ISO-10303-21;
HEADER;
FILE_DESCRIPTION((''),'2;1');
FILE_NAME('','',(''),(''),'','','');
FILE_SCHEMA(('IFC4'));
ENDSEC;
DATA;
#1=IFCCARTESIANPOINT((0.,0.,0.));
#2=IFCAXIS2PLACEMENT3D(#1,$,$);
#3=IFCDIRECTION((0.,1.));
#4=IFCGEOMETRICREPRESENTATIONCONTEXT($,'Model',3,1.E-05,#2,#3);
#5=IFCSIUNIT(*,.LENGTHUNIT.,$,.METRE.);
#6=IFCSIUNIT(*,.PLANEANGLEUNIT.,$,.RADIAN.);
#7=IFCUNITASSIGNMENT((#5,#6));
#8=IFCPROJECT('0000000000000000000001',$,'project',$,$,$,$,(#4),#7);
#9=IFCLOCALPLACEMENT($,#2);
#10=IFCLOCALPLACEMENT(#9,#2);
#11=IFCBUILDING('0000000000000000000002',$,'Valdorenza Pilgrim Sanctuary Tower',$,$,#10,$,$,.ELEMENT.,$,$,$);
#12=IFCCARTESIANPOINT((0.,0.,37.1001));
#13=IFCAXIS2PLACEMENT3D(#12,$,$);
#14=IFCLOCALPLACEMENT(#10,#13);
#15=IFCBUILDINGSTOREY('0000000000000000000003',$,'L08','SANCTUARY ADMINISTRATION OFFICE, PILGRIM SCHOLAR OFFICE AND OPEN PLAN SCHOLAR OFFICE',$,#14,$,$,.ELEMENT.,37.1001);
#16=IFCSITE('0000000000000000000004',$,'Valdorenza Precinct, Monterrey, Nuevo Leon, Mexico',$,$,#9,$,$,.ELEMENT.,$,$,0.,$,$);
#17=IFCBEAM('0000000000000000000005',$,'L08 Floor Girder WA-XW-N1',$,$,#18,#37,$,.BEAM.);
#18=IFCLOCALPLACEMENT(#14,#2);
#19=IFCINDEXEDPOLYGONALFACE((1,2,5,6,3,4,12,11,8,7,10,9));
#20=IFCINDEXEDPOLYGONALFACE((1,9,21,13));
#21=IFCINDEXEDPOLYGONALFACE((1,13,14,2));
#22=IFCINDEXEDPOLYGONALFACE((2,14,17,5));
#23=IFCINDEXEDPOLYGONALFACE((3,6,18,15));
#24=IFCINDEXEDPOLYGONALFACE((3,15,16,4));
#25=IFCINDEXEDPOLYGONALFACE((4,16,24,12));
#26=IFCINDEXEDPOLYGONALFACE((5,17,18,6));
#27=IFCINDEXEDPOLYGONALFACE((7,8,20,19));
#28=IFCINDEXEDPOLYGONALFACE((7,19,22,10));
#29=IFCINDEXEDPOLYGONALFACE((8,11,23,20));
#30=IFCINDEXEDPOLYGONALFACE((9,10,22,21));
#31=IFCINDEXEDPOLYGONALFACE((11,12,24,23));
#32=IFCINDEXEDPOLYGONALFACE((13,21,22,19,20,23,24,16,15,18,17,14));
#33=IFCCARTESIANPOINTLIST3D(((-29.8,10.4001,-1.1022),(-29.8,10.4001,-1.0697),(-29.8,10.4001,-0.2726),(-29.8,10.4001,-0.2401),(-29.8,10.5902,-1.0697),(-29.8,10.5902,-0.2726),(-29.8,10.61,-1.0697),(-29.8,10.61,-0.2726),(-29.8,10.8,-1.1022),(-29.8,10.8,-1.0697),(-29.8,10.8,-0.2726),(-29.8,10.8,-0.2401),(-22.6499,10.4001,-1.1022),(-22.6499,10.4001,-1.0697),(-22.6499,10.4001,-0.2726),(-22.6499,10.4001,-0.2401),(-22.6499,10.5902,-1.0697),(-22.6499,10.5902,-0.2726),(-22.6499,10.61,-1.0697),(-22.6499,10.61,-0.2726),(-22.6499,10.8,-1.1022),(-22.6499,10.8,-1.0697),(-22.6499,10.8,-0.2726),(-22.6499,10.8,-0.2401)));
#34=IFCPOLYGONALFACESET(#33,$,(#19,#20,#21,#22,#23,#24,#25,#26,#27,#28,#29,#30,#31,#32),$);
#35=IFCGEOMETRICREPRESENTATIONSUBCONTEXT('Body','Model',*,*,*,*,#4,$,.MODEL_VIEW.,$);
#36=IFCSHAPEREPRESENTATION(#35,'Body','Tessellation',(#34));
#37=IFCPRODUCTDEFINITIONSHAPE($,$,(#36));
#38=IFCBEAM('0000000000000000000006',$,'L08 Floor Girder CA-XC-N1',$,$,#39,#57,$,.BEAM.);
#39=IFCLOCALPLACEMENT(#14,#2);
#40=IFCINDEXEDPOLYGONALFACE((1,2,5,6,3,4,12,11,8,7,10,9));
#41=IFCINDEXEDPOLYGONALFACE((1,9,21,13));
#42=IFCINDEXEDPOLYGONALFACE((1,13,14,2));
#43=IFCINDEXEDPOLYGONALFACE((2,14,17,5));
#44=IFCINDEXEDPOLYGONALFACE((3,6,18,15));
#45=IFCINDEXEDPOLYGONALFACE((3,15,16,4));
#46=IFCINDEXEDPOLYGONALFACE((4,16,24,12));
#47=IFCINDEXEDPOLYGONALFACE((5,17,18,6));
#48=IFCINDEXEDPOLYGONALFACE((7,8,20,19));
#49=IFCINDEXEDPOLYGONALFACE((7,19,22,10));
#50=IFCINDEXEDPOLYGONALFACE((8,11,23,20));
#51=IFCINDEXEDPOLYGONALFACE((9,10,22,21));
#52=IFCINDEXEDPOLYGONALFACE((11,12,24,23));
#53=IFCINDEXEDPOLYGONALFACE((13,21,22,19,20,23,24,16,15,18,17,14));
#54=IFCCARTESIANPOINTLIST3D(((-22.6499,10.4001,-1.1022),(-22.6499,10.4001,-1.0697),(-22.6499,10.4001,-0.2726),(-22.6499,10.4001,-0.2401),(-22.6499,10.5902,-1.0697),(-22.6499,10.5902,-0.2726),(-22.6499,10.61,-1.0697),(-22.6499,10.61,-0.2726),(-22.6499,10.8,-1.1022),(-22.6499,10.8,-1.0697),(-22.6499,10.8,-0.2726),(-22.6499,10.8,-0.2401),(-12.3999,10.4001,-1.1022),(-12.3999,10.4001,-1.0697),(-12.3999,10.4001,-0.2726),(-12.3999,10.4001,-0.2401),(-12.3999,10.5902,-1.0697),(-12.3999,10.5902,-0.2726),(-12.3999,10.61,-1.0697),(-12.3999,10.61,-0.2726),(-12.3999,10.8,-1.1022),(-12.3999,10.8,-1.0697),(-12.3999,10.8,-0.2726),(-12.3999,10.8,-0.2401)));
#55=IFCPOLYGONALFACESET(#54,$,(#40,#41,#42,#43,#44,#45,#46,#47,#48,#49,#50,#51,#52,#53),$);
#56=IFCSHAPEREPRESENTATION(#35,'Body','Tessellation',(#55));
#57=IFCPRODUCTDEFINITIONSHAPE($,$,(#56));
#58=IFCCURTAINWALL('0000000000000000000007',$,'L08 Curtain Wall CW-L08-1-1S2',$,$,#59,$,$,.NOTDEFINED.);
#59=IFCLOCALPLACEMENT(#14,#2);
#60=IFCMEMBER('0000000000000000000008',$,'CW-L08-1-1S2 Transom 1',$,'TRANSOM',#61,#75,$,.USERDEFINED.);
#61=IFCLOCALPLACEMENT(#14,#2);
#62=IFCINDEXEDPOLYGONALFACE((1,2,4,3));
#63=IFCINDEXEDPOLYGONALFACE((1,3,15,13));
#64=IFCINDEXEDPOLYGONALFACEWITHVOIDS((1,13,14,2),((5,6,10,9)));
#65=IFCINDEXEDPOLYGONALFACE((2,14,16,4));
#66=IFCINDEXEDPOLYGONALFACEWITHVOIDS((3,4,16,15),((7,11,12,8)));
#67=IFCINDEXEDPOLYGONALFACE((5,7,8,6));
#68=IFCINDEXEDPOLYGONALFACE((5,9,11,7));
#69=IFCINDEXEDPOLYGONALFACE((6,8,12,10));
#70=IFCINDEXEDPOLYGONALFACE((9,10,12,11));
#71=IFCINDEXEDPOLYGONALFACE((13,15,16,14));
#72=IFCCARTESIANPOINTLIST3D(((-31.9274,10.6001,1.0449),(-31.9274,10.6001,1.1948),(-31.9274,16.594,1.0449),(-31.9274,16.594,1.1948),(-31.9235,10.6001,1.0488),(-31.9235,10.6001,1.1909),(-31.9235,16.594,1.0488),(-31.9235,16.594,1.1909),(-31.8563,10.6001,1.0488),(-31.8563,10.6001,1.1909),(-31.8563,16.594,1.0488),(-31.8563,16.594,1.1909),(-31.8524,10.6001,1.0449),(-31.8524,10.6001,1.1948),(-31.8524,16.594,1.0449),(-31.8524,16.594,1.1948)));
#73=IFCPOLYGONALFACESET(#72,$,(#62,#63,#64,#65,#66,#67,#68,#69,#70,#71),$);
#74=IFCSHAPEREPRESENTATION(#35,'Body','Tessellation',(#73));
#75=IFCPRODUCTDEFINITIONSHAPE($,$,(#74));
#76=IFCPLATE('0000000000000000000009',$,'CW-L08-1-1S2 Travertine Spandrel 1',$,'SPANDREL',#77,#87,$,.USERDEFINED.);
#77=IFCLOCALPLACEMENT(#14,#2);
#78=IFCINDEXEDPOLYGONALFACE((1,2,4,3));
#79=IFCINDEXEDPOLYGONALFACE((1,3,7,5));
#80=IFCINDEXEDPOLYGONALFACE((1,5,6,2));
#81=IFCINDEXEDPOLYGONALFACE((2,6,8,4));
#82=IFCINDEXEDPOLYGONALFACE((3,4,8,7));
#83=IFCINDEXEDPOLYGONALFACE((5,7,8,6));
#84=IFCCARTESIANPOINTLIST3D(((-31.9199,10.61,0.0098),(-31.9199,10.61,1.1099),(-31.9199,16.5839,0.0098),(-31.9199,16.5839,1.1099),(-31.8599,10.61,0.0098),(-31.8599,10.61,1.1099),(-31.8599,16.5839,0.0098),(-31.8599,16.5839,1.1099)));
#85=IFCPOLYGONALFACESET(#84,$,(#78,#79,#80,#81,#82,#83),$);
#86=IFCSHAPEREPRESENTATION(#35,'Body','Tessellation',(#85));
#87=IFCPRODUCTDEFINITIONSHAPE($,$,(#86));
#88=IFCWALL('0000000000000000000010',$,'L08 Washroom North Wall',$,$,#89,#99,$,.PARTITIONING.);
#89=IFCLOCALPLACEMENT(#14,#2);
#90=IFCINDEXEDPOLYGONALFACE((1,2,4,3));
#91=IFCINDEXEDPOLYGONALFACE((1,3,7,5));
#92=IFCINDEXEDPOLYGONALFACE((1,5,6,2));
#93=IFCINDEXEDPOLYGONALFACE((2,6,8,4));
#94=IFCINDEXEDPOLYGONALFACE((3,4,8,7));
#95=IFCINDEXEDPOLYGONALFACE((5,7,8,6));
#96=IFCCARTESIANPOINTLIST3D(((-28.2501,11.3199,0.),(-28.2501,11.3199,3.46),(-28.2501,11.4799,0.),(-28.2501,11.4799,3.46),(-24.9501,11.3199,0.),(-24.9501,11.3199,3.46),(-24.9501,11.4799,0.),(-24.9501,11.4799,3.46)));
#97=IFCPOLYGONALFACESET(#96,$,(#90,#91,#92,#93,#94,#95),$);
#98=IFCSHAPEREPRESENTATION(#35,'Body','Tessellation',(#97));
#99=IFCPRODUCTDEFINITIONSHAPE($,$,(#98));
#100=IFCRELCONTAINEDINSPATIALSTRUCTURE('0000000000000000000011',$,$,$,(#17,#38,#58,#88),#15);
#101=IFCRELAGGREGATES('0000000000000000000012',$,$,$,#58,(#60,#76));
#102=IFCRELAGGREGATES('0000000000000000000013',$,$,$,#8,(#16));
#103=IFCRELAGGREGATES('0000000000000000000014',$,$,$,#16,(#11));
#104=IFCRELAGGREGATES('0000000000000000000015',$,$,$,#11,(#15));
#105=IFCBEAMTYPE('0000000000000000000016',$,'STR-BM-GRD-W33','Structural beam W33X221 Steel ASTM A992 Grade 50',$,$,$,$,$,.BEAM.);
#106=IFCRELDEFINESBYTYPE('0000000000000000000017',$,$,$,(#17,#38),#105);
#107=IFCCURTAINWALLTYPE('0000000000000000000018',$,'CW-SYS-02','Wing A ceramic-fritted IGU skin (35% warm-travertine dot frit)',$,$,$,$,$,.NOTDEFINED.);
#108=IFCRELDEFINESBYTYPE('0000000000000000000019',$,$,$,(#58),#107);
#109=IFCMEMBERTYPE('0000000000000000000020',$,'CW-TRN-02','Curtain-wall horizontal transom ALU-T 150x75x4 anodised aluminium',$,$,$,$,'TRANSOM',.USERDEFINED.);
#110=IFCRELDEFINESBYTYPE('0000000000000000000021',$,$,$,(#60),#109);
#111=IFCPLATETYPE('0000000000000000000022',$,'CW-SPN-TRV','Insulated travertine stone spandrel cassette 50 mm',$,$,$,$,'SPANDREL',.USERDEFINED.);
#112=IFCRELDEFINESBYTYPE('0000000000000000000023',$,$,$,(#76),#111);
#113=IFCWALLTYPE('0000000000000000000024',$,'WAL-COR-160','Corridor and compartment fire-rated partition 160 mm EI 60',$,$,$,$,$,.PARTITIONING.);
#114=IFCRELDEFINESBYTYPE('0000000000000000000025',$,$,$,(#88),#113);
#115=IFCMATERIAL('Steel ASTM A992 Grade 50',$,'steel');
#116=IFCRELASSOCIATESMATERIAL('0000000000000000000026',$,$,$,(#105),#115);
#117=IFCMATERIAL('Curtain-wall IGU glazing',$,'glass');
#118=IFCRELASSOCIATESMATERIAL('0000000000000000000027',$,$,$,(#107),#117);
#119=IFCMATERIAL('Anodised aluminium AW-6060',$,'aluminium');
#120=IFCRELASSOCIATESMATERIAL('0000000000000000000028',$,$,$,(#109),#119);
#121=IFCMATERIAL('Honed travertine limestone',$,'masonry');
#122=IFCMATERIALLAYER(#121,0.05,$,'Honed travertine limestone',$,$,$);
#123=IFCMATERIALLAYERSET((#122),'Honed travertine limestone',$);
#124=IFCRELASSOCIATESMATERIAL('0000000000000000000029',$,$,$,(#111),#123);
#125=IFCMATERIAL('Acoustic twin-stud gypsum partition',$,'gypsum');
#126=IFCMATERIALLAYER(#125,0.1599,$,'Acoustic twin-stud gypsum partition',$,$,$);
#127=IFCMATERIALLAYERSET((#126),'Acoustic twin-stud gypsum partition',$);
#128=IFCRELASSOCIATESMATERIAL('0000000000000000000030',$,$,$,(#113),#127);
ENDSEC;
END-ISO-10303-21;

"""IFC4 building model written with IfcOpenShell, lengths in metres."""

from ifc_helpers import new_model, si_unit, direction, frame, frame_2d, origin, origin_2d, place, context, subcontext, project, spatial, rectangle, hollow_rectangle, i_section, extrude, source, transform, mapped, material, layer, layer_set, material_profile, profile_set, type_object, element, aggregate, save


model = new_model("IFC4")

# Units and contexts
model_context = context("Model", 3, precision=1e-05, world=origin(), true_north=direction((0.0, 1.0)))
body_context = subcontext(model_context, "Body", "Model", "MODEL_VIEW")
ifc_project = project(units=[si_unit("LENGTHUNIT", "METRE"), si_unit("PLANEANGLEUNIT", "RADIAN")], contexts=[model_context])

# Site, building, storey
site_placement = place(None, origin())
site = spatial("IfcSite", under=ifc_project, at=site_placement, Name="Valdorenza Precinct, Monterrey, Nuevo Leon, Mexico", CompositionType="ELEMENT", RefElevation=0.0)
building_placement = place(site_placement, origin())
building = spatial("IfcBuilding", under=site, at=building_placement, Name="Valdorenza Pilgrim Sanctuary Tower", CompositionType="ELEMENT")
storey_placement = place(building_placement, frame((0.0, 0.0, 37.1001)))
storey = spatial("IfcBuildingStorey", under=building, at=storey_placement, Name="L08", Description="SANCTUARY ADMINISTRATION OFFICE, PILGRIM SCHOLAR OFFICE AND OPEN PLAN SCHOLAR OFFICE", CompositionType="ELEMENT", Elevation=37.1001)

# Beams
ifc_material_1 = material(Name="Steel ASTM A992 Grade 50", Category="steel")
ifc_material_profile_1 = material_profile(ifc_material_1, i_section(OverallWidth=0.3999, OverallDepth=0.8621, WebThickness=0.0198, FlangeThickness=0.0325, at=origin_2d()), Name="W33X221")
ifc_profile_set_1 = profile_set([ifc_material_profile_1], Name="Steel ASTM A992 Grade 50")
beam_type_1 = type_object("IfcBeamType", Name="STR-BM-GRD-W33", Description="Structural beam W33X221 Steel ASTM A992 Grade 50", PredefinedType="BEAM", material=ifc_profile_set_1)
shared_shape_1 = source(origin(), body_context, "Body", "SweptSolid", [
    extrude(i_section(OverallWidth=0.3999, OverallDepth=0.8621, WebThickness=0.0198, FlangeThickness=0.0325, at=origin_2d()), origin(), (0.0, 0.0, 1.0), 7.1501),
])
beam_1_placement = place(storey_placement, frame((-29.8, 10.6001, -0.6711), z_axis=(1.0, 0.0, 0.0), x_axis=(0.0, 1.0, 0.0)))
element("IfcBeam", 1, at=beam_1_placement, inside=storey, type_object=beam_type_1, Name="L08 Floor Girder WA-XW-N1", PredefinedType="BEAM", context=body_context, shape_type="MappedRepresentation", body=[
    mapped(shared_shape_1, transform((0.0, 0.0, 0.0), x_axis=(1.0, 0.0, 0.0), y_axis=(0.0, 1.0, 0.0), z_axis=(0.0, 0.0, 1.0), scale=1.0)),
])
shared_shape_2 = source(origin(), body_context, "Body", "SweptSolid", [
    extrude(i_section(OverallWidth=0.3999, OverallDepth=0.8621, WebThickness=0.0198, FlangeThickness=0.0325, at=origin_2d()), origin(), (0.0, 0.0, 1.0), 10.25),
])
beam_2_placement = place(storey_placement, frame((-22.6499, 10.6001, -0.6711), z_axis=(1.0, 0.0, 0.0), x_axis=(0.0, 1.0, 0.0)))
element("IfcBeam", 2, at=beam_2_placement, inside=storey, type_object=beam_type_1, Name="L08 Floor Girder CA-XC-N1", PredefinedType="BEAM", context=body_context, shape_type="MappedRepresentation", body=[
    mapped(shared_shape_2, transform((0.0, 0.0, 0.0), x_axis=(1.0, 0.0, 0.0), y_axis=(0.0, 1.0, 0.0), z_axis=(0.0, 0.0, 1.0), scale=1.0)),
])

# Curtain wall, member, plate
ifc_material_2 = material(Name="Curtain-wall IGU glazing", Category="glass")
curtain_wall_type = type_object("IfcCurtainWallType", Name="CW-SYS-02", Description="Wing A ceramic-fritted IGU skin (35% warm-travertine dot frit)", PredefinedType="NOTDEFINED", material=ifc_material_2)
curtain_wall_placement = place(storey_placement, origin())
curtain_wall = element("IfcCurtainWall", 3, at=curtain_wall_placement, inside=storey, type_object=curtain_wall_type, Name="L08 Curtain Wall CW-L08-1-1S2", PredefinedType="NOTDEFINED")
ifc_material_3 = material(Name="Anodised aluminium AW-6060", Category="aluminium")
ifc_material_profile_2 = material_profile(ifc_material_3, hollow_rectangle(XDim=0.075, YDim=0.1499, WallThickness=0.0039, at=origin_2d()), Name="ALU-T 150x75x4")
ifc_profile_set_2 = profile_set([ifc_material_profile_2], Name="Anodised aluminium AW-6060")
member_type = type_object("IfcMemberType", Name="CW-TRN-02", Description="Curtain-wall horizontal transom ALU-T 150x75x4 anodised aluminium", ElementType="TRANSOM", PredefinedType="USERDEFINED", material=ifc_profile_set_2)
shared_shape_3 = source(origin(), body_context, "Body", "SweptSolid", [
    extrude(hollow_rectangle(XDim=0.075, YDim=0.1499, WallThickness=0.0039, at=origin_2d()), origin(), (0.0, 0.0, 1.0), 5.9939),
])
member_placement = place(storey_placement, frame((-31.8899, 10.6001, 1.1199), z_axis=(0.0, 1.0, 0.0), x_axis=(-1.0, 0.0, 0.0)))
member = element("IfcMember", 4, at=member_placement, type_object=member_type, Name="CW-L08-1-1S2 Transom 1", ObjectType="TRANSOM", PredefinedType="USERDEFINED", context=body_context, shape_type="MappedRepresentation", body=[
    mapped(shared_shape_3, transform((0.0, 0.0, 0.0), x_axis=(1.0, 0.0, 0.0), y_axis=(0.0, 1.0, 0.0), z_axis=(0.0, 0.0, 1.0), scale=1.0)),
])
ifc_material_4 = material(Name="Honed travertine limestone", Category="masonry")
ifc_layer_1 = layer(ifc_material_4, 0.05, Name="Honed travertine limestone")
ifc_layer_set_1 = layer_set([ifc_layer_1], Name="Honed travertine limestone")
plate_type = type_object("IfcPlateType", Name="CW-SPN-TRV", Description="Insulated travertine stone spandrel cassette 50 mm", ElementType="SPANDREL", PredefinedType="USERDEFINED", material=ifc_layer_set_1)
shared_shape_4 = source(origin(), body_context, "Body", "SweptSolid", [
    extrude(rectangle(XDim=5.9739, YDim=0.0601, at=origin_2d()), origin(), (0.0, 0.0, 1.0), 1.1001),
])
plate_placement = place(storey_placement, frame((-31.8899, 13.5969, 0.0098), z_axis=(0.0, 0.0, 1.0), x_axis=(0.0, 1.0, 0.0)))
plate = element("IfcPlate", 5, at=plate_placement, type_object=plate_type, Name="CW-L08-1-1S2 Travertine Spandrel 1", ObjectType="SPANDREL", PredefinedType="USERDEFINED", context=body_context, shape_type="MappedRepresentation", body=[
    mapped(shared_shape_4, transform((0.0, 0.0, 0.0), x_axis=(1.0, 0.0, 0.0), y_axis=(0.0, 1.0, 0.0), z_axis=(0.0, 0.0, 1.0), scale=1.0)),
])
aggregate(curtain_wall, [member, plate])

# Wall
ifc_material_5 = material(Name="Acoustic twin-stud gypsum partition", Category="gypsum")
ifc_layer_2 = layer(ifc_material_5, 0.1599, Name="Acoustic twin-stud gypsum partition")
ifc_layer_set_2 = layer_set([ifc_layer_2], Name="Acoustic twin-stud gypsum partition")
wall_type_1 = type_object("IfcWallType", Name="WAL-COR-160", Description="Corridor and compartment fire-rated partition 160 mm EI 60", PredefinedType="PARTITIONING", material=ifc_layer_set_2)
wall_1_placement = place(storey_placement, frame((-28.25, 11.3999, 0.0), z_axis=(0.0, 0.0, 1.0), x_axis=(1.0, 0.0, 0.0)))
element("IfcWall", 6, at=wall_1_placement, inside=storey, type_object=wall_type_1, Name="L08 Washroom North Wall", PredefinedType="PARTITIONING", context=body_context, shape_type="SweptSolid", body=[
    extrude(rectangle(XDim=3.3, YDim=0.1599, at=frame_2d((1.6499, 0.0))), origin(), (0.0, 0.0, 1.0), 3.46),
])

save(model, "model.ifc")
